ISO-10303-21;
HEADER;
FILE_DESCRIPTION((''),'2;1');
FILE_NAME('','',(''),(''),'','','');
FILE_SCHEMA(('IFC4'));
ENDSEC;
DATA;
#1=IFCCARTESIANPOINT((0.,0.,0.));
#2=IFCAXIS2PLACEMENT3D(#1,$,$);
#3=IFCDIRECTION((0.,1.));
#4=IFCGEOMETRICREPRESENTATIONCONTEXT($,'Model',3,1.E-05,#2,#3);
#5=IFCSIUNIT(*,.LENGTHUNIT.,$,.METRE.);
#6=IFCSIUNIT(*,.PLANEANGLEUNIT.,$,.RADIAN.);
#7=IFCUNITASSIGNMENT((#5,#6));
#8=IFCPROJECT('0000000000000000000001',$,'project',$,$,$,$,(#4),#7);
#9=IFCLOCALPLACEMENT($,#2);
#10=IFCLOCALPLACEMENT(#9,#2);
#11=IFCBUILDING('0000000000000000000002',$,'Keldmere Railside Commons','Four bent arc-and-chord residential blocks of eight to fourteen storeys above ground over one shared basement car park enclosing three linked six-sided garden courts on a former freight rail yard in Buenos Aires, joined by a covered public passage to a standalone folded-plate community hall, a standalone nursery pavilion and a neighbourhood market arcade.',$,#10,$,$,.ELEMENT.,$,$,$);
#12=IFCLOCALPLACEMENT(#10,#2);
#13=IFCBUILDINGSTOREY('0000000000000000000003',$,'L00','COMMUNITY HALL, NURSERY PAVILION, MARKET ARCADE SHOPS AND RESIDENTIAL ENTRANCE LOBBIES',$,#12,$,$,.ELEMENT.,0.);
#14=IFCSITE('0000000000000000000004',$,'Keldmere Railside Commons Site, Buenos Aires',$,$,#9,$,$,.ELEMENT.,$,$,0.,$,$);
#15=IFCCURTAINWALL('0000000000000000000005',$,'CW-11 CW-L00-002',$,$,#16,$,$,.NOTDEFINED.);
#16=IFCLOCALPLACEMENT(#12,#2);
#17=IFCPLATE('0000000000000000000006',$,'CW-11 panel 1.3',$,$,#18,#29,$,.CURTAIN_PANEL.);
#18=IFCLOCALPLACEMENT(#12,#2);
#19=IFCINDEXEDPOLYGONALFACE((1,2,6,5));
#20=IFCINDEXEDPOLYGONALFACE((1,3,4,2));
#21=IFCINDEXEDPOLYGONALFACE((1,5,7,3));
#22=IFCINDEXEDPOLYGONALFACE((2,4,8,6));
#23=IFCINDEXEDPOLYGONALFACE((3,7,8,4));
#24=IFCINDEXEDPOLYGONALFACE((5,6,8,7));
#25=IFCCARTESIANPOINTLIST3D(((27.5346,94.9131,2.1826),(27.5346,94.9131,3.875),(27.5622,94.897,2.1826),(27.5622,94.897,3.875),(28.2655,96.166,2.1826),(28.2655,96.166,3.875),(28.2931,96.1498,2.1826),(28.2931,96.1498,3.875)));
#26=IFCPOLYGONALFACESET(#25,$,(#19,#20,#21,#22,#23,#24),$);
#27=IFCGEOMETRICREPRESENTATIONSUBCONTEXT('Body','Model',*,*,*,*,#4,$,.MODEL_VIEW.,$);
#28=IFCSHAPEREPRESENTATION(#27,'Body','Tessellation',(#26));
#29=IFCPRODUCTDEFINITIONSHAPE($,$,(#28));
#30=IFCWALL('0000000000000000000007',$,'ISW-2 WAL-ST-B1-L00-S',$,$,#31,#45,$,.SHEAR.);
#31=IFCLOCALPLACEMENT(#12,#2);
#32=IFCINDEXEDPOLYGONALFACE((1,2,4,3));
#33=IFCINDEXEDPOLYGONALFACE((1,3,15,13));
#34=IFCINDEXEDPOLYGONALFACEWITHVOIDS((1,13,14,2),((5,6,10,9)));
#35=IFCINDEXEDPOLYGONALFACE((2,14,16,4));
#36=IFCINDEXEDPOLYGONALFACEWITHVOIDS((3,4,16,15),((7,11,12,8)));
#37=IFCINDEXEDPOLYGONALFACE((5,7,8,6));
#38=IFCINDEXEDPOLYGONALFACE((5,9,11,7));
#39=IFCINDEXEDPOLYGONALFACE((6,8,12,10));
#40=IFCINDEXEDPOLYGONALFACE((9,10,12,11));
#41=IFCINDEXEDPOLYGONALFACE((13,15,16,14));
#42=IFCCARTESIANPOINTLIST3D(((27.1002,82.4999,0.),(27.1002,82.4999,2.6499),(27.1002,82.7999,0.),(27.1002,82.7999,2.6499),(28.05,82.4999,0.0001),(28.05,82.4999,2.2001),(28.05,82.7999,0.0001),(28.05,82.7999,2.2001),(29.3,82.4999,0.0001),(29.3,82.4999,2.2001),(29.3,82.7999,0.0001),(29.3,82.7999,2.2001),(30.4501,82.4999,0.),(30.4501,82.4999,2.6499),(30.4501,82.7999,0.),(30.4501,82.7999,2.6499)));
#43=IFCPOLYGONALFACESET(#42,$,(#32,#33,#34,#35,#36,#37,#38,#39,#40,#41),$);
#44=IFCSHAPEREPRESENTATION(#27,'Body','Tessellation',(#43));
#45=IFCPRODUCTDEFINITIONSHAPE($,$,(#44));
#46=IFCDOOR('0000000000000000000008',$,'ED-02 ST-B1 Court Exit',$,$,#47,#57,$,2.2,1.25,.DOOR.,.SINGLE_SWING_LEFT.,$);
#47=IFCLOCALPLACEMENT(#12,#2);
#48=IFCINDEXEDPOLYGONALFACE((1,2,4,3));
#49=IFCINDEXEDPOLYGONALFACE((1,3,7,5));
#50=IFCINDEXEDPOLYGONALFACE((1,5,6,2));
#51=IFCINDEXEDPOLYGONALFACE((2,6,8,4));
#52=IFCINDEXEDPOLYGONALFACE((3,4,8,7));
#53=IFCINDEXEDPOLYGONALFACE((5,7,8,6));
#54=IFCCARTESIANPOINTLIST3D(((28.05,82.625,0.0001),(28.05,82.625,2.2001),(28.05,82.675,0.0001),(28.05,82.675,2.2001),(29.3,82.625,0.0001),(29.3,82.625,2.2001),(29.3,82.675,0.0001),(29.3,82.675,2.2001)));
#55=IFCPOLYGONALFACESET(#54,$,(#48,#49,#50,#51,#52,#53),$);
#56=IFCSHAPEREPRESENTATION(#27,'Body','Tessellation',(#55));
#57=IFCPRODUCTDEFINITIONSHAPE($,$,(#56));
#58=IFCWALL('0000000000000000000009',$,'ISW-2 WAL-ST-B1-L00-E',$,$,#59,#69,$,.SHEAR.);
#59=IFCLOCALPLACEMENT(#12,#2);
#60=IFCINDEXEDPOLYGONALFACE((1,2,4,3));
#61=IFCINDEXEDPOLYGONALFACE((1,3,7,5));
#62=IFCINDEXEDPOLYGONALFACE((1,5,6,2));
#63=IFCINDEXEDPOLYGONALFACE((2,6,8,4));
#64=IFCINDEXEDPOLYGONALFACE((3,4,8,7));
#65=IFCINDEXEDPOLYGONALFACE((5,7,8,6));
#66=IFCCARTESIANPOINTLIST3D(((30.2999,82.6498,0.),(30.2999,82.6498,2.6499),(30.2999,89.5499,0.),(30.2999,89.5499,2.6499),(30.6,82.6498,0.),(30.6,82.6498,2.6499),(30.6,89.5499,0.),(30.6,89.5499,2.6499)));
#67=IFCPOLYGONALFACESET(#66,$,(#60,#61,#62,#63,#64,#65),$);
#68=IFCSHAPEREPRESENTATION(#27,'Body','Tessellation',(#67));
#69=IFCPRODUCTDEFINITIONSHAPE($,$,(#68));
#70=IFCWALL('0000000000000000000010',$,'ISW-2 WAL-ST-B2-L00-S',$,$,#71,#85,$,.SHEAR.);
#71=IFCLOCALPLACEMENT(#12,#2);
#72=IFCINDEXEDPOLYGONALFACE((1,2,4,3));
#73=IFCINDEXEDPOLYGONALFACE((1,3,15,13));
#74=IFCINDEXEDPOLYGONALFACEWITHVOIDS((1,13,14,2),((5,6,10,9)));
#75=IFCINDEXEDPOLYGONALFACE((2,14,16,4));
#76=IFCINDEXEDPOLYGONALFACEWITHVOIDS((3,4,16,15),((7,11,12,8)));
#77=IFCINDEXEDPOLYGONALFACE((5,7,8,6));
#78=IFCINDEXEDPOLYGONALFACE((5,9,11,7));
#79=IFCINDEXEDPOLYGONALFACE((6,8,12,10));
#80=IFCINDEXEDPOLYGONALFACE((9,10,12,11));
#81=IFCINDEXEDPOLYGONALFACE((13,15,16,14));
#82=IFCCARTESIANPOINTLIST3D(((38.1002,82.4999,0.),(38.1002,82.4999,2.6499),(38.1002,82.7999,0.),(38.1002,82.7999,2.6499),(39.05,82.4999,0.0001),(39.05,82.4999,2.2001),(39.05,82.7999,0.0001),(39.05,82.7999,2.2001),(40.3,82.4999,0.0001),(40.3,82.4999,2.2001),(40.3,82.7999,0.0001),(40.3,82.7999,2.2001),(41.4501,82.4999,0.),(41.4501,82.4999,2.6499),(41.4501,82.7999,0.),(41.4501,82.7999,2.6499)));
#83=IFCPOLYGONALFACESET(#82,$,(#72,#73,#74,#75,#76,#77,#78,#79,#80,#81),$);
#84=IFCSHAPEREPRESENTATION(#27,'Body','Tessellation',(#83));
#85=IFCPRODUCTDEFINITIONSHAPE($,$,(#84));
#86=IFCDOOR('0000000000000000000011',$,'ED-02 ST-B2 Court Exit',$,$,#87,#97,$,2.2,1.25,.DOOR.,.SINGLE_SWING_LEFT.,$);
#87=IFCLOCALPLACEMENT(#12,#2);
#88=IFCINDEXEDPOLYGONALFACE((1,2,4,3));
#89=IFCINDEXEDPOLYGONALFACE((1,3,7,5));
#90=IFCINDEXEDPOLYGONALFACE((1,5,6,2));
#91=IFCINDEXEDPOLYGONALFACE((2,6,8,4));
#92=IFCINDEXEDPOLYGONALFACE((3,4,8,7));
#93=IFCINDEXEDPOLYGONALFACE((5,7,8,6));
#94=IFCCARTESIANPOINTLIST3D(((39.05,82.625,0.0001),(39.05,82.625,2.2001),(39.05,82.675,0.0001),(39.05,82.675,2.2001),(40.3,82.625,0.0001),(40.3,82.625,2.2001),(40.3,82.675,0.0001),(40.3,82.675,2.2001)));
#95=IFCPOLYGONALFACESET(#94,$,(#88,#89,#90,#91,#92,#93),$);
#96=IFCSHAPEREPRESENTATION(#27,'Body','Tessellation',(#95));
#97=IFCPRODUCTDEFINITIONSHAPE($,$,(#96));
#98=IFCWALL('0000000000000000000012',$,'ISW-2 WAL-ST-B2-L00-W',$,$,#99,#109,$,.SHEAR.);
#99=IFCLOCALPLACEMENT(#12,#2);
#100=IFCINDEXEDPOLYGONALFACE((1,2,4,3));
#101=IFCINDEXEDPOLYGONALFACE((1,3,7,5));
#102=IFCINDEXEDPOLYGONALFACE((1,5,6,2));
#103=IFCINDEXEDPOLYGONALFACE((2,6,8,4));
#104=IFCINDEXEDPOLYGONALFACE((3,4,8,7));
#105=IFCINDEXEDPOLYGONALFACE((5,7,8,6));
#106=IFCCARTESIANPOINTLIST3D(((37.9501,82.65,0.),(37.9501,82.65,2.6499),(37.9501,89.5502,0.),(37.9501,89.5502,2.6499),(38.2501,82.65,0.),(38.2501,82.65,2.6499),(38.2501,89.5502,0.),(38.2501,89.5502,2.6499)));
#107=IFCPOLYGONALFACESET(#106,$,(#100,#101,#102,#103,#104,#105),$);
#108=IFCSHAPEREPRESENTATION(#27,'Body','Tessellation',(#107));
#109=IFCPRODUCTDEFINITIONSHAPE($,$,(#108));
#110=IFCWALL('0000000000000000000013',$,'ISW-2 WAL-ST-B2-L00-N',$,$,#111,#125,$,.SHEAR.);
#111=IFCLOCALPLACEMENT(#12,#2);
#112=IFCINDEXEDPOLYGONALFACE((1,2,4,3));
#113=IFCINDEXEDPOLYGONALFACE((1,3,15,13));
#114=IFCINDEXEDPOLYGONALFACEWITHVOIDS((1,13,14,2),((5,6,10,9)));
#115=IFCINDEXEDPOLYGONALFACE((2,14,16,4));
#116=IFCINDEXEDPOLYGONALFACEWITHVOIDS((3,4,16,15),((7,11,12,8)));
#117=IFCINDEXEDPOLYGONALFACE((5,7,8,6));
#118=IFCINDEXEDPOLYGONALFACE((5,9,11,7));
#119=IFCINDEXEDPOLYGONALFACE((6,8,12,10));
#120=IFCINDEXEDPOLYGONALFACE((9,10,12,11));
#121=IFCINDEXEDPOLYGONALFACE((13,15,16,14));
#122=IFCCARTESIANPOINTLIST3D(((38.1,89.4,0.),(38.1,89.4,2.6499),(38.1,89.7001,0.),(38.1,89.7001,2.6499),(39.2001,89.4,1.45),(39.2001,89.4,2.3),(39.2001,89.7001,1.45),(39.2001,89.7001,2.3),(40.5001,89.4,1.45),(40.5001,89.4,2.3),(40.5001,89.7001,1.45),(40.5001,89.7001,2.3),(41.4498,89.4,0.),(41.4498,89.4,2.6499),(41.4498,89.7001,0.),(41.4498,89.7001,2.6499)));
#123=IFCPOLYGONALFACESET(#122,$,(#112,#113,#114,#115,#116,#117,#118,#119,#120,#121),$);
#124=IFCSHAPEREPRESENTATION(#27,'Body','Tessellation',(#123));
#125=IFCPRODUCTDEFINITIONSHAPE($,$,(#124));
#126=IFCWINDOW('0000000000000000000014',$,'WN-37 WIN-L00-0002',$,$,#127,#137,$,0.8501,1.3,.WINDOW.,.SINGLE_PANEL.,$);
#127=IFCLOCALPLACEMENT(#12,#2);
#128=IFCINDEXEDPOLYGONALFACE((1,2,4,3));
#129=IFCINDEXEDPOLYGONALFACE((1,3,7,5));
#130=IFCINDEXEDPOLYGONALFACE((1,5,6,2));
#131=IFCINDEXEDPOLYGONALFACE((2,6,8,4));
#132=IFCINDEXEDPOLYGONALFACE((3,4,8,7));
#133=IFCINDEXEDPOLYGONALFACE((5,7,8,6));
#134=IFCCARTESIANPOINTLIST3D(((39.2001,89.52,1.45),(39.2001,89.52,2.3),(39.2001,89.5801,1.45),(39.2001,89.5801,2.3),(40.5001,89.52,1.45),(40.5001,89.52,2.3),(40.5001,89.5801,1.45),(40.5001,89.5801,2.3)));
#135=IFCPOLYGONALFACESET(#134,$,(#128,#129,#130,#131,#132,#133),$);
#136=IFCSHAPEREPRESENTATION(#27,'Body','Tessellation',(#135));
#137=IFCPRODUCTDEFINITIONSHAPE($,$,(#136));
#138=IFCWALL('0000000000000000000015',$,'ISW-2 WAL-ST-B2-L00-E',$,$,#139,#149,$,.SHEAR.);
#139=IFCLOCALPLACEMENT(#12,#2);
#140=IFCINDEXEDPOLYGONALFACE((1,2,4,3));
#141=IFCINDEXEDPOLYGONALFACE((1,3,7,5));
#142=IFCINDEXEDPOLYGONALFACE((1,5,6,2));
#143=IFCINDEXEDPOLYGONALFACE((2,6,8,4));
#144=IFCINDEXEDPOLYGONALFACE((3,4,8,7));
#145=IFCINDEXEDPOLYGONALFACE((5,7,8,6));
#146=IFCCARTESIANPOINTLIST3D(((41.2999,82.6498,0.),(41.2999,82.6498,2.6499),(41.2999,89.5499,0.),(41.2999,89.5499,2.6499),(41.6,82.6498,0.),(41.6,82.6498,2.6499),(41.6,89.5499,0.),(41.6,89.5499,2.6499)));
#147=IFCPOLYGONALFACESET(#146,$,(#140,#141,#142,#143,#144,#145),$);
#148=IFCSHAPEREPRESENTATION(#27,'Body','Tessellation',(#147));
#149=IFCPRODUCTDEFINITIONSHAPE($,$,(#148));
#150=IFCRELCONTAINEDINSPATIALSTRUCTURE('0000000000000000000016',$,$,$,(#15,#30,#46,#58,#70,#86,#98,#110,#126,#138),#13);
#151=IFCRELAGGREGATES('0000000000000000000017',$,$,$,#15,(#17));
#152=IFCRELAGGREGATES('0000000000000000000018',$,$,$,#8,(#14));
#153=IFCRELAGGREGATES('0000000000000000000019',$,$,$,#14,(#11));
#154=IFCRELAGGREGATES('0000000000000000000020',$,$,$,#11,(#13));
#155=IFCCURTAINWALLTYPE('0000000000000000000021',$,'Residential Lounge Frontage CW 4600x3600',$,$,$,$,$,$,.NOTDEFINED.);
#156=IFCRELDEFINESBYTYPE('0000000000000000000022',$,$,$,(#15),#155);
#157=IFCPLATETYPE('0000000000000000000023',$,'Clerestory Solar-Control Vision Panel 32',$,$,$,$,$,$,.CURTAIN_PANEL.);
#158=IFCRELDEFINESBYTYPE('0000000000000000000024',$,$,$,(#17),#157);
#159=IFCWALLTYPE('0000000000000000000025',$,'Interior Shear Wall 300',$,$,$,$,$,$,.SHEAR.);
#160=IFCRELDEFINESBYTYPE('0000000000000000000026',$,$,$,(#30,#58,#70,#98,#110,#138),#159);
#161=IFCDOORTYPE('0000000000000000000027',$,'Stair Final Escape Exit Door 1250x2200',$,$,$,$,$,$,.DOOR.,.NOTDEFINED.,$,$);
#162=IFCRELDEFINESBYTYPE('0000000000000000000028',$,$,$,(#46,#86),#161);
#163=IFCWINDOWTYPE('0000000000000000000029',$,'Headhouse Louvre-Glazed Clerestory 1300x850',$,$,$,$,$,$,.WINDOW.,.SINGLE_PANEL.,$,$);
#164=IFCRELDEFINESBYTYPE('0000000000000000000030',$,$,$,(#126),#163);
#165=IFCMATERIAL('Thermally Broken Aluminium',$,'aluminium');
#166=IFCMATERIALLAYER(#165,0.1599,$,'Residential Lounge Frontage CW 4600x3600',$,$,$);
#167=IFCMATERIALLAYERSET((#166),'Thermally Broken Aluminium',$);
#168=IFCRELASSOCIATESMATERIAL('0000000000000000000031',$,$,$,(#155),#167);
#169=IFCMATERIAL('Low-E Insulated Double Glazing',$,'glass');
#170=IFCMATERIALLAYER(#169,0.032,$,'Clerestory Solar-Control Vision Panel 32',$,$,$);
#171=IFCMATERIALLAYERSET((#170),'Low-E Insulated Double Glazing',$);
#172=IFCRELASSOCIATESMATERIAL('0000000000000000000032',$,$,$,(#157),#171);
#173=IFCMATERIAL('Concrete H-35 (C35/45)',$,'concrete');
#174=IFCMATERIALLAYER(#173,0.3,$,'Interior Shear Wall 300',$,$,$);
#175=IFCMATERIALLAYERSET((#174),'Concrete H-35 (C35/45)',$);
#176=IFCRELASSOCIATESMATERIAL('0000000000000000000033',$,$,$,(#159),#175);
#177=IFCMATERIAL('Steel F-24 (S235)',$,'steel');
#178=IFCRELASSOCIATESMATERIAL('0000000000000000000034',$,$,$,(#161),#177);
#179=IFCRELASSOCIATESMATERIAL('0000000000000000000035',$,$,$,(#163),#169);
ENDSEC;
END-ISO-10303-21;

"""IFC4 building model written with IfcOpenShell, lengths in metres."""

from ifc_helpers import new_model, si_unit, direction, frame, frame_2d, origin, origin_2d, place, context, subcontext, project, spatial, rectangle, extrude, material, layer, layer_set, type_object, element, fill, aggregate, save


model = new_model("IFC4")

# Units and contexts
model_context = context("Model", 3, precision=1e-05, world=origin(), true_north=direction((0.0, 1.0)))
body_context = subcontext(model_context, "Body", "Model", "MODEL_VIEW")
ifc_project = project(units=[si_unit("LENGTHUNIT", "METRE"), si_unit("PLANEANGLEUNIT", "RADIAN")], contexts=[model_context])

# Site, building, storey
site_placement = place(None, origin())
site = spatial("IfcSite", under=ifc_project, at=site_placement, Name="Keldmere Railside Commons Site, Buenos Aires", CompositionType="ELEMENT", RefElevation=0.0)
building_placement = place(site_placement, origin())
building = spatial("IfcBuilding", under=site, at=building_placement, Name="Keldmere Railside Commons", Description="Four bent arc-and-chord residential blocks of eight to fourteen storeys above ground over one shared basement car park enclosing three linked six-sided garden courts on a former freight rail yard in Buenos Aires, joined by a covered public passage to a standalone folded-plate community hall, a standalone nursery pavilion and a neighbourhood market arcade.", CompositionType="ELEMENT")
storey_placement = place(building_placement, origin())
storey = spatial("IfcBuildingStorey", under=building, at=storey_placement, Name="L00", Description="COMMUNITY HALL, NURSERY PAVILION, MARKET ARCADE SHOPS AND RESIDENTIAL ENTRANCE LOBBIES", CompositionType="ELEMENT", Elevation=0.0)

# Curtain wall, plate
ifc_material_1 = material(Name="Thermally Broken Aluminium", Category="aluminium")
ifc_layer_1 = layer(ifc_material_1, 0.1599, Name="Residential Lounge Frontage CW 4600x3600")
ifc_layer_set_1 = layer_set([ifc_layer_1], Name="Thermally Broken Aluminium")
curtain_wall_type = type_object("IfcCurtainWallType", Name="Residential Lounge Frontage CW 4600x3600", PredefinedType="NOTDEFINED", material=ifc_layer_set_1)
curtain_wall_placement = place(storey_placement, origin())
curtain_wall = element("IfcCurtainWall", 1, at=curtain_wall_placement, inside=storey, type_object=curtain_wall_type, Name="CW-11 CW-L00-002", PredefinedType="NOTDEFINED")
ifc_material_2 = material(Name="Low-E Insulated Double Glazing", Category="glass")
ifc_layer_2 = layer(ifc_material_2, 0.032, Name="Clerestory Solar-Control Vision Panel 32")
ifc_layer_set_2 = layer_set([ifc_layer_2], Name="Low-E Insulated Double Glazing")
plate_type = type_object("IfcPlateType", Name="Clerestory Solar-Control Vision Panel 32", PredefinedType="CURTAIN_PANEL", material=ifc_layer_set_2)
plate_placement = place(storey_placement, frame((27.9138, 95.5315, 2.1826), z_axis=(0.0, 0.0, 1.0), x_axis=(-0.503911, -0.863755, 0.0)))
plate = element("IfcPlate", 2, at=plate_placement, type_object=plate_type, Name="CW-11 panel 1.3", PredefinedType="CURTAIN_PANEL", context=body_context, shape_type="SweptSolid", body=[
    extrude(rectangle(XDim=1.4504, YDim=0.032, at=origin_2d()), origin(), (0.0, 0.0, 1.0), 1.6924),
])
aggregate(curtain_wall, [plate])

# Wall, opening, door
ifc_material_3 = material(Name="Concrete H-35 (C35/45)", Category="concrete")
ifc_layer_3 = layer(ifc_material_3, 0.3, Name="Interior Shear Wall 300")
ifc_layer_set_3 = layer_set([ifc_layer_3], Name="Concrete H-35 (C35/45)")
wall_type = type_object("IfcWallType", Name="Interior Shear Wall 300", PredefinedType="SHEAR", material=ifc_layer_set_3)
wall_1_placement = place(storey_placement, frame((30.45, 82.6499, 0.0), z_axis=(0.0, 0.0, 1.0), x_axis=(-1.0, 0.0, 0.0)))
wall_1 = element("IfcWall", 3, at=wall_1_placement, inside=storey, type_object=wall_type, Name="ISW-2 WAL-ST-B1-L00-S", PredefinedType="SHEAR", context=body_context, shape_type="SweptSolid", body=[
    extrude(rectangle(XDim=3.3499, YDim=0.3, at=frame_2d((1.6748, 0.0))), origin(), (0.0, 0.0, 1.0), 2.6499),
])
opening_1_placement = place(wall_1_placement, frame((1.1499, 0.0, 0.0)))
opening_1 = element("IfcOpeningElement", 4, at=opening_1_placement, cuts=wall_1, PredefinedType="OPENING", context=body_context, shape_type="SweptSolid", body=[
    extrude(rectangle(XDim=1.25, YDim=2.2, at=frame_2d((0.625, 1.1001))), frame((0.0, 0.1599, 0.0), z_axis=(0.0, -1.0, 0.0), x_axis=(1.0, 0.0, 0.0)), (0.0, 0.0, 1.0), 0.3201),
])
ifc_material_4 = material(Name="Steel F-24 (S235)", Category="steel")
door_type = type_object("IfcDoorType", Name="Stair Final Escape Exit Door 1250x2200", OperationType="NOTDEFINED", PredefinedType="DOOR", material=ifc_material_4)
door_1_placement = place(opening_1_placement, origin())
door_1 = element("IfcDoor", 5, at=door_1_placement, inside=storey, type_object=door_type, Name="ED-02 ST-B1 Court Exit", OperationType="SINGLE_SWING_LEFT", OverallHeight=2.2, OverallWidth=1.25, PredefinedType="DOOR", context=body_context, shape_type="SweptSolid", body=[
    extrude(rectangle(XDim=1.25, YDim=2.2, at=frame_2d((0.625, 1.1001))), frame((0.0, 0.0249, 0.0), z_axis=(0.0, -1.0, 0.0), x_axis=(1.0, 0.0, 0.0)), (0.0, 0.0, 1.0), 0.05),
])
fill(opening_1, door_1)

# Wall
wall_2_placement = place(storey_placement, frame((30.45, 89.55, 0.0), z_axis=(0.0, 0.0, 1.0), x_axis=(0.0, -1.0, 0.0)))
element("IfcWall", 6, at=wall_2_placement, inside=storey, type_object=wall_type, Name="ISW-2 WAL-ST-B1-L00-E", PredefinedType="SHEAR", context=body_context, shape_type="SweptSolid", body=[
    extrude(rectangle(XDim=6.9001, YDim=0.3, at=frame_2d((3.4502, 0.0))), origin(), (0.0, 0.0, 1.0), 2.6499),
])

# Wall, opening, door
wall_3_placement = place(storey_placement, frame((41.45, 82.6499, 0.0), z_axis=(0.0, 0.0, 1.0), x_axis=(-1.0, 0.0, 0.0)))
wall_3 = element("IfcWall", 7, at=wall_3_placement, inside=storey, type_object=wall_type, Name="ISW-2 WAL-ST-B2-L00-S", PredefinedType="SHEAR", context=body_context, shape_type="SweptSolid", body=[
    extrude(rectangle(XDim=3.3499, YDim=0.3, at=frame_2d((1.6748, 0.0))), origin(), (0.0, 0.0, 1.0), 2.6499),
])
opening_2_placement = place(wall_3_placement, frame((1.1499, 0.0, 0.0)))
opening_2 = element("IfcOpeningElement", 8, at=opening_2_placement, cuts=wall_3, PredefinedType="OPENING", context=body_context, shape_type="SweptSolid", body=[
    extrude(rectangle(XDim=1.25, YDim=2.2, at=frame_2d((0.625, 1.1001))), frame((0.0, 0.1599, 0.0), z_axis=(0.0, -1.0, 0.0), x_axis=(1.0, 0.0, 0.0)), (0.0, 0.0, 1.0), 0.3201),
])
door_2_placement = place(opening_2_placement, origin())
door_2 = element("IfcDoor", 9, at=door_2_placement, inside=storey, type_object=door_type, Name="ED-02 ST-B2 Court Exit", OperationType="SINGLE_SWING_LEFT", OverallHeight=2.2, OverallWidth=1.25, PredefinedType="DOOR", context=body_context, shape_type="SweptSolid", body=[
    extrude(rectangle(XDim=1.25, YDim=2.2, at=frame_2d((0.625, 1.1001))), frame((0.0, 0.0249, 0.0), z_axis=(0.0, -1.0, 0.0), x_axis=(1.0, 0.0, 0.0)), (0.0, 0.0, 1.0), 0.05),
])
fill(opening_2, door_2)

# Wall
wall_4_placement = place(storey_placement, frame((38.1001, 82.6499, 0.0), z_axis=(0.0, 0.0, 1.0), x_axis=(0.0, 1.0, 0.0)))
element("IfcWall", 10, at=wall_4_placement, inside=storey, type_object=wall_type, Name="ISW-2 WAL-ST-B2-L00-W", PredefinedType="SHEAR", context=body_context, shape_type="SweptSolid", body=[
    extrude(rectangle(XDim=6.9001, YDim=0.3, at=frame_2d((3.4502, 0.0))), origin(), (0.0, 0.0, 1.0), 2.6499),
])

# Wall, opening, window
wall_5_placement = place(storey_placement, frame((38.1001, 89.55, 0.0), z_axis=(0.0, 0.0, 1.0), x_axis=(1.0, 0.0, 0.0)))
wall_5 = element("IfcWall", 11, at=wall_5_placement, inside=storey, type_object=wall_type, Name="ISW-2 WAL-ST-B2-L00-N", PredefinedType="SHEAR", context=body_context, shape_type="SweptSolid", body=[
    extrude(rectangle(XDim=3.3499, YDim=0.3, at=frame_2d((1.6748, 0.0))), origin(), (0.0, 0.0, 1.0), 2.6499),
])
opening_3_placement = place(wall_5_placement, frame((1.1001, 0.0, 1.45)))
opening_3 = element("IfcOpeningElement", 12, at=opening_3_placement, cuts=wall_5, PredefinedType="OPENING", context=body_context, shape_type="SweptSolid", body=[
    extrude(rectangle(XDim=1.3, YDim=0.8501, at=frame_2d((0.6499, 0.425))), frame((0.0, 0.1599, 0.0), z_axis=(0.0, -1.0, 0.0), x_axis=(1.0, 0.0, 0.0)), (0.0, 0.0, 1.0), 0.3201),
])
window_type = type_object("IfcWindowType", Name="Headhouse Louvre-Glazed Clerestory 1300x850", PartitioningType="SINGLE_PANEL", PredefinedType="WINDOW", material=ifc_material_2)
window_placement = place(opening_3_placement, origin())
window = element("IfcWindow", 13, at=window_placement, inside=storey, type_object=window_type, Name="WN-37 WIN-L00-0002", OverallHeight=0.8501, OverallWidth=1.3, PartitioningType="SINGLE_PANEL", PredefinedType="WINDOW", context=body_context, shape_type="SweptSolid", body=[
    extrude(rectangle(XDim=1.3, YDim=0.8501, at=frame_2d((0.6499, 0.425))), frame((0.0, 0.03, 0.0), z_axis=(0.0, -1.0, 0.0), x_axis=(1.0, 0.0, 0.0)), (0.0, 0.0, 1.0), 0.0601),
])
fill(opening_3, window)

# Wall
wall_6_placement = place(storey_placement, frame((41.45, 89.55, 0.0), z_axis=(0.0, 0.0, 1.0), x_axis=(0.0, -1.0, 0.0)))
element("IfcWall", 14, at=wall_6_placement, inside=storey, type_object=wall_type, Name="ISW-2 WAL-ST-B2-L00-E", PredefinedType="SHEAR", context=body_context, shape_type="SweptSolid", body=[
    extrude(rectangle(XDim=6.9001, YDim=0.3, at=frame_2d((3.4502, 0.0))), origin(), (0.0, 0.0, 1.0), 2.6499),
])

save(model, "model.ifc")
